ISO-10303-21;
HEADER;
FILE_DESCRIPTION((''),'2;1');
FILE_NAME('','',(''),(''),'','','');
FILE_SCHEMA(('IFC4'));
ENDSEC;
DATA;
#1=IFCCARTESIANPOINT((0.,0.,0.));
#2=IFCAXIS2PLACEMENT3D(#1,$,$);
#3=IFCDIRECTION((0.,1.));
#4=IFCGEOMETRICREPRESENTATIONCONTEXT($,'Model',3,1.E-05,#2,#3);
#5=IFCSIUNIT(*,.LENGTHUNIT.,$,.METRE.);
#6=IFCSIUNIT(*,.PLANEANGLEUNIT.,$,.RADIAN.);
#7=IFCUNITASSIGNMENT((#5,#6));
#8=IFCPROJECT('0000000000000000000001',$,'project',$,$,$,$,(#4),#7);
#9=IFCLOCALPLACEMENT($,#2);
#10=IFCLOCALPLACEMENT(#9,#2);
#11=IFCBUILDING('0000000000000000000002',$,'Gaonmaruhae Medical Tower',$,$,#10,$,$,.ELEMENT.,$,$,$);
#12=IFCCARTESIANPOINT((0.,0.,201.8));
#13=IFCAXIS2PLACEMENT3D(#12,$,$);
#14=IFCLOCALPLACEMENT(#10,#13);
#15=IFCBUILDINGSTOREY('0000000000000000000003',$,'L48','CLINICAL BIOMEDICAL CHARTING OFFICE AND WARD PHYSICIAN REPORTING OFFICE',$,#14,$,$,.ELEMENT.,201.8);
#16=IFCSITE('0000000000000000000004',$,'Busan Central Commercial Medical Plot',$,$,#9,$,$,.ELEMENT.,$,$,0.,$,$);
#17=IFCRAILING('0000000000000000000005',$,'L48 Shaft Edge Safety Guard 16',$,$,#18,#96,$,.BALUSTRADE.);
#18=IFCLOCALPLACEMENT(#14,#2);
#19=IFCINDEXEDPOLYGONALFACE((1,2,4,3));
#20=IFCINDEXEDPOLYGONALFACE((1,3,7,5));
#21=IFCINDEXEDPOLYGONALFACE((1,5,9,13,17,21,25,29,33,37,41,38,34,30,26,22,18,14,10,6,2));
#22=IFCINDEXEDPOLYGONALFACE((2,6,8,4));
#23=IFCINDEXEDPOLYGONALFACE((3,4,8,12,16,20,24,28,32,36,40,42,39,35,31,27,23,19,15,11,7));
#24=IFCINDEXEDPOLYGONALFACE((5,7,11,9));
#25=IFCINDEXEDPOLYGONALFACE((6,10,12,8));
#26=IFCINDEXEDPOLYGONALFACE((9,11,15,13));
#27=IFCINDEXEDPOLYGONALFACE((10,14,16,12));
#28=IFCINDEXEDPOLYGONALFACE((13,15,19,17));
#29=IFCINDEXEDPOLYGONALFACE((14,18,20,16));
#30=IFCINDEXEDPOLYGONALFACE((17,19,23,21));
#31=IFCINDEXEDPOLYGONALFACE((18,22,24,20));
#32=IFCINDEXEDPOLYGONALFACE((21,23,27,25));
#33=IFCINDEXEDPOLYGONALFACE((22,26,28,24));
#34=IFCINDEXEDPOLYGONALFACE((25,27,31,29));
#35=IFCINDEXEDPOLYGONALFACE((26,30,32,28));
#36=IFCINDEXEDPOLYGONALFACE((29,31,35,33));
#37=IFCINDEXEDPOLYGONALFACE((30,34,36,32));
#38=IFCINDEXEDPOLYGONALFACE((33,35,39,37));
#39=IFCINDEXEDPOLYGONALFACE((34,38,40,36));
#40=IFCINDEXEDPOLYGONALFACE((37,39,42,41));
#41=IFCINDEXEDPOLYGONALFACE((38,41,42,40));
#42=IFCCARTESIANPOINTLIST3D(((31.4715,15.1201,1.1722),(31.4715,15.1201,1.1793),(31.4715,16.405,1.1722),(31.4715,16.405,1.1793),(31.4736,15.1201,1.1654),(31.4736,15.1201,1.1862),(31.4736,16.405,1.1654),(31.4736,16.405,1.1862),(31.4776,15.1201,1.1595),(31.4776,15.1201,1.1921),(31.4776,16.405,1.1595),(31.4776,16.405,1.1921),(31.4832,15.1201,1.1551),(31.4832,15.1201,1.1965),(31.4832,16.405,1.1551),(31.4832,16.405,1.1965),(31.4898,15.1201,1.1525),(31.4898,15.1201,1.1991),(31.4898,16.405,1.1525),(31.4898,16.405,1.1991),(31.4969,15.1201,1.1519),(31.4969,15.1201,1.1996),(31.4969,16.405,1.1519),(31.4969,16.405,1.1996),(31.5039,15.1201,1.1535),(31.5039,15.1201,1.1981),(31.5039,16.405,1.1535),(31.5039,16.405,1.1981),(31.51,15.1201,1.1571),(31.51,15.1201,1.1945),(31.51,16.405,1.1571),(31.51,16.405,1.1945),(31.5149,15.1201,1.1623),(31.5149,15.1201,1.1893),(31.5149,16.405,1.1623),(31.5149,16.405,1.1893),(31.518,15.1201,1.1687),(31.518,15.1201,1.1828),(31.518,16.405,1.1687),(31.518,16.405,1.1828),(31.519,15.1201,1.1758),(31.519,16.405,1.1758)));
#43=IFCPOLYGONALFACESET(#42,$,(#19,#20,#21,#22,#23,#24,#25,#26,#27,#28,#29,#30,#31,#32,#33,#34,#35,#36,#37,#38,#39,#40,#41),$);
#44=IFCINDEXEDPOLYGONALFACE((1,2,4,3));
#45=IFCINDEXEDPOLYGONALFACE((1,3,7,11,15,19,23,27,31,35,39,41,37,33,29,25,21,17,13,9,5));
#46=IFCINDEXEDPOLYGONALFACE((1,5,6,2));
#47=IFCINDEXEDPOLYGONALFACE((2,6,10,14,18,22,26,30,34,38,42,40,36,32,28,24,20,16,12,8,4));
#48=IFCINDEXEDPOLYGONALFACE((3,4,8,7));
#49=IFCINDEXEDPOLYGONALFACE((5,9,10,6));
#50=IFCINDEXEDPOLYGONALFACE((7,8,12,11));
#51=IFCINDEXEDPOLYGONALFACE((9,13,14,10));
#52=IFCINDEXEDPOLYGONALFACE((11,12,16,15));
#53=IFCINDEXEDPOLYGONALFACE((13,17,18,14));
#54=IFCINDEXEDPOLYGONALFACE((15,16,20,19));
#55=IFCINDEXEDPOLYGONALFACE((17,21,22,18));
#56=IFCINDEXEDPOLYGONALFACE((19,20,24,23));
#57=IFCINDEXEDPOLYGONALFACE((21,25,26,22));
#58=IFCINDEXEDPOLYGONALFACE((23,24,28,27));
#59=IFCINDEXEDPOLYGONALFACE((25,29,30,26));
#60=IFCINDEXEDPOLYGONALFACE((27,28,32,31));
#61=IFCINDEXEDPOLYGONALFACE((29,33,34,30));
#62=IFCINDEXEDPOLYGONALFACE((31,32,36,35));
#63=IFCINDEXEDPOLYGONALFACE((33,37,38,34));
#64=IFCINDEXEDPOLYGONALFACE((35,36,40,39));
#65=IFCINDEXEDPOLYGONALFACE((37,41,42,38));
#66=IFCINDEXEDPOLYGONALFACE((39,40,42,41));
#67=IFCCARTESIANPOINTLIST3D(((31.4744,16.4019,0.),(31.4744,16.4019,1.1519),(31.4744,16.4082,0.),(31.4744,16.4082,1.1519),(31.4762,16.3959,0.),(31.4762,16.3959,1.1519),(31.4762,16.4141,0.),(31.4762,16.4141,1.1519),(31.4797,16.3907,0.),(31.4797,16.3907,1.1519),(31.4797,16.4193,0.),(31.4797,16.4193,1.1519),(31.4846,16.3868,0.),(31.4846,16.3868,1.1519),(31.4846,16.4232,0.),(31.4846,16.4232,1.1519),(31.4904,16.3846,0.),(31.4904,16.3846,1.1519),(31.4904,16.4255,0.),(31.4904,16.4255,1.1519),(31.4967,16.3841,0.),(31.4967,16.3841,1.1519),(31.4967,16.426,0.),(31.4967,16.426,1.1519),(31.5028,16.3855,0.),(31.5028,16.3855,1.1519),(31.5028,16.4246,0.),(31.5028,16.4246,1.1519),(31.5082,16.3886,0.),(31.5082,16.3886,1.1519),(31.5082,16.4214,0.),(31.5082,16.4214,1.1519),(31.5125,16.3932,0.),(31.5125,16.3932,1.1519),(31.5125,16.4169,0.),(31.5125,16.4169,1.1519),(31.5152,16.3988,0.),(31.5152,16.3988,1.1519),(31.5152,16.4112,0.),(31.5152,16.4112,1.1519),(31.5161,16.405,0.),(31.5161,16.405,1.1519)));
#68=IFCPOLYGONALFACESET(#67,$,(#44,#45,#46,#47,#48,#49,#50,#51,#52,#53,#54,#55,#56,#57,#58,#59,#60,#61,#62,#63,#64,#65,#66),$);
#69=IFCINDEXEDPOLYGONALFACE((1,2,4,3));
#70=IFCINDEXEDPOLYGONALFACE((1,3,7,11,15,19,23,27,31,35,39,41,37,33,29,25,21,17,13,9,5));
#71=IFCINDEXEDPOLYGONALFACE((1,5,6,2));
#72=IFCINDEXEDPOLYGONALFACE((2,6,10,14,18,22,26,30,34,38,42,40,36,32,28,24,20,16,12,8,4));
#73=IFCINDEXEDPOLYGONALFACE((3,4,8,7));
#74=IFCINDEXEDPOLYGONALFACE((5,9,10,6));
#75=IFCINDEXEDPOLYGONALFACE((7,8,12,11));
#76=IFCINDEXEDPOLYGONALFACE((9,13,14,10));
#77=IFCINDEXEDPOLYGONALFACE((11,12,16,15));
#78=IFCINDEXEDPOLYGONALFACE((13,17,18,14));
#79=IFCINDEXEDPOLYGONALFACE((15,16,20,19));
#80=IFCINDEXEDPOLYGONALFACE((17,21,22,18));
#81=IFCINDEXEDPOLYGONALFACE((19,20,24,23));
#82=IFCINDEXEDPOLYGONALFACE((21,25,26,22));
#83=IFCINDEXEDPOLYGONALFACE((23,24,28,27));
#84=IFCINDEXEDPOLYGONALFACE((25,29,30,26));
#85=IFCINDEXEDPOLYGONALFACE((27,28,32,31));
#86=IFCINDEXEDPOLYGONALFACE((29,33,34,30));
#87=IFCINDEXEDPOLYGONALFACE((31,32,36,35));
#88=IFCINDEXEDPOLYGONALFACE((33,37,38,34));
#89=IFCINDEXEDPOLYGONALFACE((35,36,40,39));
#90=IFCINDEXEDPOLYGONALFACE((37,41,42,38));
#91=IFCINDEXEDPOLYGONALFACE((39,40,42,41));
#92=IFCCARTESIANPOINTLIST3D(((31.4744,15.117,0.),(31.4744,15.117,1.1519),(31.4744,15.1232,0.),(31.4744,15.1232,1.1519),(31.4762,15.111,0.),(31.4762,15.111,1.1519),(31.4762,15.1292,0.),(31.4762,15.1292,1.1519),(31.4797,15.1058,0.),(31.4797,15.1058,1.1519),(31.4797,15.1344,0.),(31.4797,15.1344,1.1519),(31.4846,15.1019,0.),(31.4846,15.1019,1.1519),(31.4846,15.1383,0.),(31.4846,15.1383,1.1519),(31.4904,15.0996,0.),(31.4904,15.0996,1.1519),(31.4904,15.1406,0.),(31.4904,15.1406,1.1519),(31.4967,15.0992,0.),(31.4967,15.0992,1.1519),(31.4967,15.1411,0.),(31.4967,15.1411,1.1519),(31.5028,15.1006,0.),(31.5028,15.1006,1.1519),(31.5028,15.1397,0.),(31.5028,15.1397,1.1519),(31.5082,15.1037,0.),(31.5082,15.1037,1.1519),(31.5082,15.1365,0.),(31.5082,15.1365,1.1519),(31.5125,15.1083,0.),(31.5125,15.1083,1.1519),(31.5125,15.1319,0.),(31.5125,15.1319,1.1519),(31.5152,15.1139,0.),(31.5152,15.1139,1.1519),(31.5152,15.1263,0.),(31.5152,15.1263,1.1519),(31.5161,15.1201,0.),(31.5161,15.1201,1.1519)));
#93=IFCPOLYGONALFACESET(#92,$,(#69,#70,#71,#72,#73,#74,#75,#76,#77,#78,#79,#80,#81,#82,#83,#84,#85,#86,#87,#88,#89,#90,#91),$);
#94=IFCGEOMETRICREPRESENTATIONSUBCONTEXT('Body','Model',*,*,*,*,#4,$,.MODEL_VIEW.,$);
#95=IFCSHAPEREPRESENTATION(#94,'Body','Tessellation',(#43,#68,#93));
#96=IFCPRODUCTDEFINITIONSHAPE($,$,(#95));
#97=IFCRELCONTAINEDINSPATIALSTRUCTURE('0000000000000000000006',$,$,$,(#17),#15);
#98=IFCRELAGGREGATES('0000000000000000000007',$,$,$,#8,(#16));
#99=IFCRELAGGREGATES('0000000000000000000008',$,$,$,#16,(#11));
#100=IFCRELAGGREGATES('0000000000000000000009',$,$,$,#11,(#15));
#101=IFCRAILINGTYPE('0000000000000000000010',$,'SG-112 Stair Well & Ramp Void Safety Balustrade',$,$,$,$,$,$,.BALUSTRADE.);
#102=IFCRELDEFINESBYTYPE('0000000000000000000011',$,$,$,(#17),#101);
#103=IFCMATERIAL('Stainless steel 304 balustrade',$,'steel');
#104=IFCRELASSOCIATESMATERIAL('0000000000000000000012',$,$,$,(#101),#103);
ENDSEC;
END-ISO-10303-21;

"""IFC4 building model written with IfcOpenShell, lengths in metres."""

from ifc_helpers import new_model, si_unit, direction, frame, origin, origin_2d, place, context, subcontext, project, spatial, circle, extrude, material, type_object, element, save


model = new_model("IFC4")

# Units and contexts
model_context = context("Model", 3, precision=1e-05, world=origin(), true_north=direction((0.0, 1.0)))
body_context = subcontext(model_context, "Body", "Model", "MODEL_VIEW")
ifc_project = project(units=[si_unit("LENGTHUNIT", "METRE"), si_unit("PLANEANGLEUNIT", "RADIAN")], contexts=[model_context])

# Site, building, storey
site_placement = place(None, origin())
site = spatial("IfcSite", under=ifc_project, at=site_placement, Name="Busan Central Commercial Medical Plot", CompositionType="ELEMENT", RefElevation=0.0)
building_placement = place(site_placement, origin())
building = spatial("IfcBuilding", under=site, at=building_placement, Name="Gaonmaruhae Medical Tower", CompositionType="ELEMENT")
storey_placement = place(building_placement, frame((0.0, 0.0, 201.8)))
storey = spatial("IfcBuildingStorey", under=building, at=storey_placement, Name="L48", Description="CLINICAL BIOMEDICAL CHARTING OFFICE AND WARD PHYSICIAN REPORTING OFFICE", CompositionType="ELEMENT", Elevation=201.8)

# Railing
ifc_material_1 = material(Name="Stainless steel 304 balustrade", Category="steel")
railing_type_1 = type_object("IfcRailingType", Name="SG-112 Stair Well & Ramp Void Safety Balustrade", PredefinedType="BALUSTRADE", material=ifc_material_1)
railing_1_placement = place(storey_placement, frame((31.4951, 16.405, 0.0)))
element("IfcRailing", 1, at=railing_1_placement, inside=storey, type_object=railing_type_1, Name="L48 Shaft Edge Safety Guard 16", PredefinedType="BALUSTRADE", context=body_context, shape_type="SweptSolid", body=[
    extrude(circle(Radius=0.0239, at=origin_2d()), frame((0.0, 0.0, 1.1758), z_axis=(0.0, -1.0, 0.0), x_axis=(1.0, 0.0, 0.0)), (0.0, 0.0, 1.0), 1.2849),
    extrude(circle(Radius=0.021, at=origin_2d()), origin(), (0.0, 0.0, 1.0), 1.1519),
    extrude(circle(Radius=0.021, at=origin_2d()), frame((0.0, -1.2849, 0.0)), (0.0, 0.0, 1.0), 1.1519),
])

save(model, "model.ifc")
